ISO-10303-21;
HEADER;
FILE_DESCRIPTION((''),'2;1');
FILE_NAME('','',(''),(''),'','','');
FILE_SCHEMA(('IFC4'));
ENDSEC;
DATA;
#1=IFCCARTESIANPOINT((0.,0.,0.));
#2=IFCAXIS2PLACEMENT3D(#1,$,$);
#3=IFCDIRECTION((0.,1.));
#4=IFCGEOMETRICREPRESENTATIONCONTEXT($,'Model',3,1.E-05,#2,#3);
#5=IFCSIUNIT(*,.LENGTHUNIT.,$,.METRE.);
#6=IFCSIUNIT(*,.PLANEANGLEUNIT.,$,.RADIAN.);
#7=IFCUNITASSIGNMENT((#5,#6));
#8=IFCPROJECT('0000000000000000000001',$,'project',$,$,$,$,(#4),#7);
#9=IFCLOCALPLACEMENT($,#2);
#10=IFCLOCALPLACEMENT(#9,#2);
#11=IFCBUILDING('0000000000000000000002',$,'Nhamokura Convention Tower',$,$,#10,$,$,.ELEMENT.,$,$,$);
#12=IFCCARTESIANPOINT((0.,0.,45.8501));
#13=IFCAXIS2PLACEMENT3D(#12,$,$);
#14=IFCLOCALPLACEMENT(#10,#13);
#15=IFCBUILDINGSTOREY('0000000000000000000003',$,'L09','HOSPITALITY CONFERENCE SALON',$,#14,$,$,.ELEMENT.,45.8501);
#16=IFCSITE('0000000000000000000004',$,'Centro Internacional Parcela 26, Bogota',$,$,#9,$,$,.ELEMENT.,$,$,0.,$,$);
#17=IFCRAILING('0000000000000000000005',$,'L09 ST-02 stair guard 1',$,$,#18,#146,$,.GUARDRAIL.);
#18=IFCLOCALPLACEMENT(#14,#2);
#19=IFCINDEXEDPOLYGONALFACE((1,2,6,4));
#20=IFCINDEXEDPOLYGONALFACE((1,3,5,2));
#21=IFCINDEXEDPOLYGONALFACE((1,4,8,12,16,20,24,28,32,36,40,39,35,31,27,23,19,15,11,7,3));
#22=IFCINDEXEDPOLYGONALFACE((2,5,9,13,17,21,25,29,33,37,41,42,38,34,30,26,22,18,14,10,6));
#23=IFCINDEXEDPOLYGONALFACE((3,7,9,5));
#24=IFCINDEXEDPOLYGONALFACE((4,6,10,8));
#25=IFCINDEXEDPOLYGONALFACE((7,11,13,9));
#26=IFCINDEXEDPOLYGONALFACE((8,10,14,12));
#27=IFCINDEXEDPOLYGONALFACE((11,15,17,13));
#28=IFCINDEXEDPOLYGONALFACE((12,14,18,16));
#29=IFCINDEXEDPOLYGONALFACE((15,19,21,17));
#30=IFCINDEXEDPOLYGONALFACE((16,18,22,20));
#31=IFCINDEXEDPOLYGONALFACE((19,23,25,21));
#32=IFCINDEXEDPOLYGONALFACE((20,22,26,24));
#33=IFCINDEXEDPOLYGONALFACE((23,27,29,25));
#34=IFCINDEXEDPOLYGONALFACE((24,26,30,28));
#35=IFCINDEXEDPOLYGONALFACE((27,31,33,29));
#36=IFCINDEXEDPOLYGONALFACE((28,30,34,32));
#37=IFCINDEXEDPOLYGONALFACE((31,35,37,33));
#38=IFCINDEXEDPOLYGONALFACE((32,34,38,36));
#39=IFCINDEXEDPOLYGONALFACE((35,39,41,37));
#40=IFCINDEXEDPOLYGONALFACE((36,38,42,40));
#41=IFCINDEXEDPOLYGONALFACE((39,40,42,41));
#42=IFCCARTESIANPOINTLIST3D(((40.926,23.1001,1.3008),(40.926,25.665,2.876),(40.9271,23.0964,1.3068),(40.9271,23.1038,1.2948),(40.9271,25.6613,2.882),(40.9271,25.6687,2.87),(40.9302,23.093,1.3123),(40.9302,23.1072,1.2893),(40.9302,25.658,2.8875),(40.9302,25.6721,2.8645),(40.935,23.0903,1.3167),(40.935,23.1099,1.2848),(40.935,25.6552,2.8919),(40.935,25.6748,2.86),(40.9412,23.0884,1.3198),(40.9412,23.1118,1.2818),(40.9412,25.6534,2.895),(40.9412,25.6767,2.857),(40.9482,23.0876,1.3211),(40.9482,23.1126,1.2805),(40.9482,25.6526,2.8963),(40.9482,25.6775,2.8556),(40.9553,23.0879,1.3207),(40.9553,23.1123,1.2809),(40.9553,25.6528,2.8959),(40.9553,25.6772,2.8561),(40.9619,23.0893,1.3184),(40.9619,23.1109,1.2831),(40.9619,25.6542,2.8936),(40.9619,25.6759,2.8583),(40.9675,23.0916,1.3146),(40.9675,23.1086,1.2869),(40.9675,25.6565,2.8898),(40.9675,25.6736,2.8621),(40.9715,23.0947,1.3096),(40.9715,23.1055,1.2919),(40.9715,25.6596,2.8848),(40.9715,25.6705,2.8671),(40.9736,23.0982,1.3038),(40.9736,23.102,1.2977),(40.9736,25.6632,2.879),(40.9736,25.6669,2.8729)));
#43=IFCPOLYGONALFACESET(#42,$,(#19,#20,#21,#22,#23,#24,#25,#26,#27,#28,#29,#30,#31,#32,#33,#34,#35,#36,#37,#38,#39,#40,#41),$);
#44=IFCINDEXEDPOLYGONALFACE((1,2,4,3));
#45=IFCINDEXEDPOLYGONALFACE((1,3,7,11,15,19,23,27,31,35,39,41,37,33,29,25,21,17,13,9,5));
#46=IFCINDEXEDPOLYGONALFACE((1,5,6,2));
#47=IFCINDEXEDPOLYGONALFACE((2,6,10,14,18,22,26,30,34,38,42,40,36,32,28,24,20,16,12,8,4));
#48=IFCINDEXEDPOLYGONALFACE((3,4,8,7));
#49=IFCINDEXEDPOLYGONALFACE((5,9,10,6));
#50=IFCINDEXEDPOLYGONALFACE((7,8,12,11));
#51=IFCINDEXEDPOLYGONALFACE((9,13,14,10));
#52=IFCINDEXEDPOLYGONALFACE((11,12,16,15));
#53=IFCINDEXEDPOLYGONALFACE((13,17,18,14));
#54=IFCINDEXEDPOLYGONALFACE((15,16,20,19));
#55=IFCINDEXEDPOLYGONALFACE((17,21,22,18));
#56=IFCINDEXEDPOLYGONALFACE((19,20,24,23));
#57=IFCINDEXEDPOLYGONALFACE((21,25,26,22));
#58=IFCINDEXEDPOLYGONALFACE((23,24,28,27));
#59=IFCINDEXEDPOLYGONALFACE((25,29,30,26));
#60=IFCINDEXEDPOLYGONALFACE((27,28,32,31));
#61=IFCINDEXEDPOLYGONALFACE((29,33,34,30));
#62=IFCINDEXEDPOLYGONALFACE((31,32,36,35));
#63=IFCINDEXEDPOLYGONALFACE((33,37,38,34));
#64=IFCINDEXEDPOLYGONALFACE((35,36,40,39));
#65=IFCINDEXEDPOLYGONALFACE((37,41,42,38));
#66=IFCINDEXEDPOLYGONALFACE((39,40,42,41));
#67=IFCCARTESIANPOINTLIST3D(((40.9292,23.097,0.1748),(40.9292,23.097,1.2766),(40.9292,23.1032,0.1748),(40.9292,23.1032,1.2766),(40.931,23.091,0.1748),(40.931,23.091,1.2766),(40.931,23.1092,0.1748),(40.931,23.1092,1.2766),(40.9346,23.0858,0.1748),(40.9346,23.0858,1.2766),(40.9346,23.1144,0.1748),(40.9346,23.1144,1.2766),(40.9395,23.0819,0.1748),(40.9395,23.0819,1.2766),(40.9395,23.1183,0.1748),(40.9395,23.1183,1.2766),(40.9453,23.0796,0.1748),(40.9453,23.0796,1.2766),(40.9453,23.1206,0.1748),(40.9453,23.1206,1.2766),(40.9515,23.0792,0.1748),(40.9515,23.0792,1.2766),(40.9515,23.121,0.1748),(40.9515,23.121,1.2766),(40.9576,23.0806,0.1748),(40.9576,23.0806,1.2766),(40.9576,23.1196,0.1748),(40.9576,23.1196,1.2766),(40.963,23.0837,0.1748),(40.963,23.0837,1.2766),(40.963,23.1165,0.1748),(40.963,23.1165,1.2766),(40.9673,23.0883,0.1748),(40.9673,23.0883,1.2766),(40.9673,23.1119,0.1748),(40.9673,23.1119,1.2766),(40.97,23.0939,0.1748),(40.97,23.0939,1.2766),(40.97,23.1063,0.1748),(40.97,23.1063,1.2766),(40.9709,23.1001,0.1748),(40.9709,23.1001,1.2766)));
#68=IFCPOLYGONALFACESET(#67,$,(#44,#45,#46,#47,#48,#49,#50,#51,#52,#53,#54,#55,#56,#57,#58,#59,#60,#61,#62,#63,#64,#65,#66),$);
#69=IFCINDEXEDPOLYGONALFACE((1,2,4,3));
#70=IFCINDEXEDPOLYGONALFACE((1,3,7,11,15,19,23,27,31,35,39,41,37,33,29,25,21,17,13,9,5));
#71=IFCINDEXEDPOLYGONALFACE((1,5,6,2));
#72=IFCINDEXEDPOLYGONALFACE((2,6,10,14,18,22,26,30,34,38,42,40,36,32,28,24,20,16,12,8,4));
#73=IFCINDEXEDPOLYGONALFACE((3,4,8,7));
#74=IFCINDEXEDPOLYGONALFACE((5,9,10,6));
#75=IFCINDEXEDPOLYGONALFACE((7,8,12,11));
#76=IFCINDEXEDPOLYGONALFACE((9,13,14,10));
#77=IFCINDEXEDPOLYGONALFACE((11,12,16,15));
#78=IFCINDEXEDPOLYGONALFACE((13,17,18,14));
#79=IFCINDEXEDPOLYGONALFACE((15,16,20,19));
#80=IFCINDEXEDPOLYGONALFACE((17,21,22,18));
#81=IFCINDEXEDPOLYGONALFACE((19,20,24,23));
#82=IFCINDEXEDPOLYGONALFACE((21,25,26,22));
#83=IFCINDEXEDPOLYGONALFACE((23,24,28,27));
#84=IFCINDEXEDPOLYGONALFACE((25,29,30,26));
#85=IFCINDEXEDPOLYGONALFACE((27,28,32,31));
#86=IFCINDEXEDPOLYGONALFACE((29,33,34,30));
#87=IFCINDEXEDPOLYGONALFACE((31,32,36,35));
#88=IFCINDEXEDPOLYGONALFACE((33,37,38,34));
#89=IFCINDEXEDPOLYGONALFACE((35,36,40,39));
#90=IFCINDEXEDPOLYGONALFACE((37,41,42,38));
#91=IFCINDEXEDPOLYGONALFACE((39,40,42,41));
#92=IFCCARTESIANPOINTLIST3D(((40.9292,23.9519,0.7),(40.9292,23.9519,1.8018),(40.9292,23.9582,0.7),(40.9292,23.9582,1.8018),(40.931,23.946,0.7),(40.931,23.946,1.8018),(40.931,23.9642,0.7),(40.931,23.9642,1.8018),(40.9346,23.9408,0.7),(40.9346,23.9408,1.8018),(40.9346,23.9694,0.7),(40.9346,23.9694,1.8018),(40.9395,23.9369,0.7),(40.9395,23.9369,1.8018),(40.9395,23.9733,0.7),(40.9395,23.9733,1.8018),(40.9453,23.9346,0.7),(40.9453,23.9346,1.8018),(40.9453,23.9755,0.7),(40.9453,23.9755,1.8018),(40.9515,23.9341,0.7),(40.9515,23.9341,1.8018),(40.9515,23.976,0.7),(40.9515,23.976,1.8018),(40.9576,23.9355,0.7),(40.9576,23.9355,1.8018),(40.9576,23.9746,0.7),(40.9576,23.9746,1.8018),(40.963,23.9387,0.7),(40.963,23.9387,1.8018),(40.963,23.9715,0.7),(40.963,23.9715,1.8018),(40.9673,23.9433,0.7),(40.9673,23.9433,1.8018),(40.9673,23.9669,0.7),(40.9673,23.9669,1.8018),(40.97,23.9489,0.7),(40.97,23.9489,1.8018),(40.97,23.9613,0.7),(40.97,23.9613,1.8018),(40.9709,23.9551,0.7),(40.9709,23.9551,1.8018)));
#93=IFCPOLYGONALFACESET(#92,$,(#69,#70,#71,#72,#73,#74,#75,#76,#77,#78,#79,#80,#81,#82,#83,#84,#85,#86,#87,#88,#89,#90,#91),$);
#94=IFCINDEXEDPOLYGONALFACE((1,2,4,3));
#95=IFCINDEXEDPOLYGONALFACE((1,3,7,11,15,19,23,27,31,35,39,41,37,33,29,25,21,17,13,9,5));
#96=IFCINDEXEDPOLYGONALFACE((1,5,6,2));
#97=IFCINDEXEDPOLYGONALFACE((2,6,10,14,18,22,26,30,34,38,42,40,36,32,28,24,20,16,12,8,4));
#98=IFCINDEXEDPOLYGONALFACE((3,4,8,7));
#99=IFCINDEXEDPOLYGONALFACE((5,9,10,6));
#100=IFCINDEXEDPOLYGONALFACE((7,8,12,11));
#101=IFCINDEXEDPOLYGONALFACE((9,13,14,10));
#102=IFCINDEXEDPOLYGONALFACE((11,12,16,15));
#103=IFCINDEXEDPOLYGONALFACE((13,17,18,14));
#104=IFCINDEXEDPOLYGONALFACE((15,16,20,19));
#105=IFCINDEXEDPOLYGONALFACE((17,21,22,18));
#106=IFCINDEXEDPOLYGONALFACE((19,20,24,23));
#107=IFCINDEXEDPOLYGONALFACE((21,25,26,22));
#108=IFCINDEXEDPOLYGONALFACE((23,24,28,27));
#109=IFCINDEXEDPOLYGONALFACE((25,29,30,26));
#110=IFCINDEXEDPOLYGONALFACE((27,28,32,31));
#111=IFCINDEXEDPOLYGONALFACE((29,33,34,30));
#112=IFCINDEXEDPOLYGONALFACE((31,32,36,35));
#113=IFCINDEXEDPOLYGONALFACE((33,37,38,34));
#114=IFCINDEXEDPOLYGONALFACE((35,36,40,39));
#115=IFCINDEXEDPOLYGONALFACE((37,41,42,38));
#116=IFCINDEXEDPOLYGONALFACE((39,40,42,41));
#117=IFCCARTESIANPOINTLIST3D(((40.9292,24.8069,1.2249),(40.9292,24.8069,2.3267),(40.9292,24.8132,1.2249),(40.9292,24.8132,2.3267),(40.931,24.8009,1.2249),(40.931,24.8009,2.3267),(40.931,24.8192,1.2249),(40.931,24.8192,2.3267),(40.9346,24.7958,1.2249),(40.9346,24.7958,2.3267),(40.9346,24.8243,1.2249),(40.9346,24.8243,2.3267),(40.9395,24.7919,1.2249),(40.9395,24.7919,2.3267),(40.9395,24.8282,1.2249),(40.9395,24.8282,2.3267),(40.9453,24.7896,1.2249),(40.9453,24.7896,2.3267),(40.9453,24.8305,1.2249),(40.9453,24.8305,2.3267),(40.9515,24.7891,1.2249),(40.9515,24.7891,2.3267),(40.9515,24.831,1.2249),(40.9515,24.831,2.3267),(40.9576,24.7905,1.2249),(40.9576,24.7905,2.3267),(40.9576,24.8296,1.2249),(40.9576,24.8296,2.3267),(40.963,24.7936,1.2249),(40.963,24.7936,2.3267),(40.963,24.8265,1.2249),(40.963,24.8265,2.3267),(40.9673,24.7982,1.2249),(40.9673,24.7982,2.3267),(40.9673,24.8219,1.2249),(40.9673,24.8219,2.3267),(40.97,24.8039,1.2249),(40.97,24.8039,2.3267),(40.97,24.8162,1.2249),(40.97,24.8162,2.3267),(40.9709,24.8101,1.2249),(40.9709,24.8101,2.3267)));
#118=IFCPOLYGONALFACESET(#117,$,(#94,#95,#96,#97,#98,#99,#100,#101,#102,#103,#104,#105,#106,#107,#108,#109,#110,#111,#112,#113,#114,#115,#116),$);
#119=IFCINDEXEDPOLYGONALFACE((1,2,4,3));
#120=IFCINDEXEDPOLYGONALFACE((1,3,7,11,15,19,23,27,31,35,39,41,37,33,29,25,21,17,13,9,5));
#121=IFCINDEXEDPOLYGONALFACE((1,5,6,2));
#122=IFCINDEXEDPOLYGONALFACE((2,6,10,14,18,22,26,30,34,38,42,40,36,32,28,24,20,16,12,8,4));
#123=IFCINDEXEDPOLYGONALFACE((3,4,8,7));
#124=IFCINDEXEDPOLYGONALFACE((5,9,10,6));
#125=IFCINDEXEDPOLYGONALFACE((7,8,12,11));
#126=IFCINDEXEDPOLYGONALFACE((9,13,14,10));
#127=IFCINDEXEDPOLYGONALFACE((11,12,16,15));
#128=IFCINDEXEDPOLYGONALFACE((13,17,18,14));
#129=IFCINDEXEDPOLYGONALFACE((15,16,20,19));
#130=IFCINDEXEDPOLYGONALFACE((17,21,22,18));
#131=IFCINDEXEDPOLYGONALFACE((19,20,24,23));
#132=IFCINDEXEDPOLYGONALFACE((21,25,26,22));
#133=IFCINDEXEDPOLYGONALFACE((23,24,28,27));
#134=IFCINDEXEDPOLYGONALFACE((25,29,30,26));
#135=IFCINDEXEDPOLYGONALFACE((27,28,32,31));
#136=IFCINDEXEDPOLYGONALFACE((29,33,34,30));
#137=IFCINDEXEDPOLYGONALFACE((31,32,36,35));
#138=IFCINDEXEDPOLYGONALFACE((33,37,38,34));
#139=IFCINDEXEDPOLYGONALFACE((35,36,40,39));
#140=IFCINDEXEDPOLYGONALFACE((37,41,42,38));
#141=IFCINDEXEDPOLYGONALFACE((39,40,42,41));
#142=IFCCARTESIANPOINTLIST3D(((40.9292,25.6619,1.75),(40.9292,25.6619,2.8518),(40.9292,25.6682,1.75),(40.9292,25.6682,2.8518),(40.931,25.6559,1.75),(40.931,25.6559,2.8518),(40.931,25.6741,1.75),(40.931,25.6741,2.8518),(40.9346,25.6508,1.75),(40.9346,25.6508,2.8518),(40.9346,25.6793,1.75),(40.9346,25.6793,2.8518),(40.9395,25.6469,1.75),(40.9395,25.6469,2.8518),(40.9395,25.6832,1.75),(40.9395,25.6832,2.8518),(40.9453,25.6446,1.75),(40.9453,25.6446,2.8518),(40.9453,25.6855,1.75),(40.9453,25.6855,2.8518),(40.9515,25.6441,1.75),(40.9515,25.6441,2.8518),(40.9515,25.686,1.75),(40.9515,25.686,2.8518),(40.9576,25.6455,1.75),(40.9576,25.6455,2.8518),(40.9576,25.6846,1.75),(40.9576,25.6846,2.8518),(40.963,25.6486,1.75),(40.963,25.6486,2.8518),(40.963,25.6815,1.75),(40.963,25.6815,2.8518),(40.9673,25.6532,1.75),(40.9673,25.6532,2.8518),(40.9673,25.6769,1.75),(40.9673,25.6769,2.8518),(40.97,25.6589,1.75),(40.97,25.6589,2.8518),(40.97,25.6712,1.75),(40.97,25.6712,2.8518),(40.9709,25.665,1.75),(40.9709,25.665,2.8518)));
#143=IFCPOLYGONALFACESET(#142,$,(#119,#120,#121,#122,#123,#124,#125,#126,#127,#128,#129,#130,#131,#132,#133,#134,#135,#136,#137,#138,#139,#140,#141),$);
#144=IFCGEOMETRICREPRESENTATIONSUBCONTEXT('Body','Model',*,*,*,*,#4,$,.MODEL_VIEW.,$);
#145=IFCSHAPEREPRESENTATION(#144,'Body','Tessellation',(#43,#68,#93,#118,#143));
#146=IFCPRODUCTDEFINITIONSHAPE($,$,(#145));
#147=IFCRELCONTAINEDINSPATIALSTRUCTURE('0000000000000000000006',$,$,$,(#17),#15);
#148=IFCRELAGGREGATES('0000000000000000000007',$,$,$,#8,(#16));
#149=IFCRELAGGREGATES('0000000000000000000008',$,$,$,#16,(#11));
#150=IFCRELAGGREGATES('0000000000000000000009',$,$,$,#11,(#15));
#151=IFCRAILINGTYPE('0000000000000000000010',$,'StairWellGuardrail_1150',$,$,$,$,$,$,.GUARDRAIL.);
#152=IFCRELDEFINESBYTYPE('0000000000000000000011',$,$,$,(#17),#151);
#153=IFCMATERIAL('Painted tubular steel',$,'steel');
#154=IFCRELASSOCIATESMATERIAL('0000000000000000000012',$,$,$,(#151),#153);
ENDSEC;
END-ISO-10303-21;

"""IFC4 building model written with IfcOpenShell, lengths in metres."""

from ifc_helpers import new_model, si_unit, direction, frame, origin, origin_2d, place, context, subcontext, project, spatial, circle, extrude, material, type_object, element, save


model = new_model("IFC4")

# Units and contexts
model_context = context("Model", 3, precision=1e-05, world=origin(), true_north=direction((0.0, 1.0)))
body_context = subcontext(model_context, "Body", "Model", "MODEL_VIEW")
ifc_project = project(units=[si_unit("LENGTHUNIT", "METRE"), si_unit("PLANEANGLEUNIT", "RADIAN")], contexts=[model_context])

# Site, building, storey
site_placement = place(None, origin())
site = spatial("IfcSite", under=ifc_project, at=site_placement, Name="Centro Internacional Parcela 26, Bogota", CompositionType="ELEMENT", RefElevation=0.0)
building_placement = place(site_placement, origin())
building = spatial("IfcBuilding", under=site, at=building_placement, Name="Nhamokura Convention Tower", CompositionType="ELEMENT")
storey_placement = place(building_placement, frame((0.0, 0.0, 45.8501)))
storey = spatial("IfcBuildingStorey", under=building, at=storey_placement, Name="L09", Description="HOSPITALITY CONFERENCE SALON", CompositionType="ELEMENT", Elevation=45.8501)

# Railing
ifc_material_1 = material(Name="Painted tubular steel", Category="steel")
railing_type_1 = type_object("IfcRailingType", Name="StairWellGuardrail_1150", PredefinedType="GUARDRAIL", material=ifc_material_1)
railing_1_placement = place(storey_placement, frame((40.95, 23.1001, 0.1748)))
element("IfcRailing", 1, at=railing_1_placement, inside=storey, type_object=railing_type_1, Name="L09 ST-02 stair guard 1", PredefinedType="GUARDRAIL", context=body_context, shape_type="SweptSolid", body=[
    extrude(circle(Radius=0.0239, at=origin_2d()), frame((0.0, 0.0, 1.126), z_axis=(0.0, 0.852137, 0.523319), x_axis=(-1.0, 0.0, 0.0)), (0.0, 0.0, 1.0), 3.01),
    extrude(circle(Radius=0.021, at=origin_2d()), origin(), (0.0, 0.0, 1.0), 1.1018),
    extrude(circle(Radius=0.021, at=origin_2d()), frame((0.0, 0.855, 0.5251)), (0.0, 0.0, 1.0), 1.1018),
    extrude(circle(Radius=0.021, at=origin_2d()), frame((0.0, 1.71, 1.05)), (0.0, 0.0, 1.0), 1.1018),
    extrude(circle(Radius=0.021, at=origin_2d()), frame((0.0, 2.5649, 1.5752)), (0.0, 0.0, 1.0), 1.1018),
])

save(model, "model.ifc")
